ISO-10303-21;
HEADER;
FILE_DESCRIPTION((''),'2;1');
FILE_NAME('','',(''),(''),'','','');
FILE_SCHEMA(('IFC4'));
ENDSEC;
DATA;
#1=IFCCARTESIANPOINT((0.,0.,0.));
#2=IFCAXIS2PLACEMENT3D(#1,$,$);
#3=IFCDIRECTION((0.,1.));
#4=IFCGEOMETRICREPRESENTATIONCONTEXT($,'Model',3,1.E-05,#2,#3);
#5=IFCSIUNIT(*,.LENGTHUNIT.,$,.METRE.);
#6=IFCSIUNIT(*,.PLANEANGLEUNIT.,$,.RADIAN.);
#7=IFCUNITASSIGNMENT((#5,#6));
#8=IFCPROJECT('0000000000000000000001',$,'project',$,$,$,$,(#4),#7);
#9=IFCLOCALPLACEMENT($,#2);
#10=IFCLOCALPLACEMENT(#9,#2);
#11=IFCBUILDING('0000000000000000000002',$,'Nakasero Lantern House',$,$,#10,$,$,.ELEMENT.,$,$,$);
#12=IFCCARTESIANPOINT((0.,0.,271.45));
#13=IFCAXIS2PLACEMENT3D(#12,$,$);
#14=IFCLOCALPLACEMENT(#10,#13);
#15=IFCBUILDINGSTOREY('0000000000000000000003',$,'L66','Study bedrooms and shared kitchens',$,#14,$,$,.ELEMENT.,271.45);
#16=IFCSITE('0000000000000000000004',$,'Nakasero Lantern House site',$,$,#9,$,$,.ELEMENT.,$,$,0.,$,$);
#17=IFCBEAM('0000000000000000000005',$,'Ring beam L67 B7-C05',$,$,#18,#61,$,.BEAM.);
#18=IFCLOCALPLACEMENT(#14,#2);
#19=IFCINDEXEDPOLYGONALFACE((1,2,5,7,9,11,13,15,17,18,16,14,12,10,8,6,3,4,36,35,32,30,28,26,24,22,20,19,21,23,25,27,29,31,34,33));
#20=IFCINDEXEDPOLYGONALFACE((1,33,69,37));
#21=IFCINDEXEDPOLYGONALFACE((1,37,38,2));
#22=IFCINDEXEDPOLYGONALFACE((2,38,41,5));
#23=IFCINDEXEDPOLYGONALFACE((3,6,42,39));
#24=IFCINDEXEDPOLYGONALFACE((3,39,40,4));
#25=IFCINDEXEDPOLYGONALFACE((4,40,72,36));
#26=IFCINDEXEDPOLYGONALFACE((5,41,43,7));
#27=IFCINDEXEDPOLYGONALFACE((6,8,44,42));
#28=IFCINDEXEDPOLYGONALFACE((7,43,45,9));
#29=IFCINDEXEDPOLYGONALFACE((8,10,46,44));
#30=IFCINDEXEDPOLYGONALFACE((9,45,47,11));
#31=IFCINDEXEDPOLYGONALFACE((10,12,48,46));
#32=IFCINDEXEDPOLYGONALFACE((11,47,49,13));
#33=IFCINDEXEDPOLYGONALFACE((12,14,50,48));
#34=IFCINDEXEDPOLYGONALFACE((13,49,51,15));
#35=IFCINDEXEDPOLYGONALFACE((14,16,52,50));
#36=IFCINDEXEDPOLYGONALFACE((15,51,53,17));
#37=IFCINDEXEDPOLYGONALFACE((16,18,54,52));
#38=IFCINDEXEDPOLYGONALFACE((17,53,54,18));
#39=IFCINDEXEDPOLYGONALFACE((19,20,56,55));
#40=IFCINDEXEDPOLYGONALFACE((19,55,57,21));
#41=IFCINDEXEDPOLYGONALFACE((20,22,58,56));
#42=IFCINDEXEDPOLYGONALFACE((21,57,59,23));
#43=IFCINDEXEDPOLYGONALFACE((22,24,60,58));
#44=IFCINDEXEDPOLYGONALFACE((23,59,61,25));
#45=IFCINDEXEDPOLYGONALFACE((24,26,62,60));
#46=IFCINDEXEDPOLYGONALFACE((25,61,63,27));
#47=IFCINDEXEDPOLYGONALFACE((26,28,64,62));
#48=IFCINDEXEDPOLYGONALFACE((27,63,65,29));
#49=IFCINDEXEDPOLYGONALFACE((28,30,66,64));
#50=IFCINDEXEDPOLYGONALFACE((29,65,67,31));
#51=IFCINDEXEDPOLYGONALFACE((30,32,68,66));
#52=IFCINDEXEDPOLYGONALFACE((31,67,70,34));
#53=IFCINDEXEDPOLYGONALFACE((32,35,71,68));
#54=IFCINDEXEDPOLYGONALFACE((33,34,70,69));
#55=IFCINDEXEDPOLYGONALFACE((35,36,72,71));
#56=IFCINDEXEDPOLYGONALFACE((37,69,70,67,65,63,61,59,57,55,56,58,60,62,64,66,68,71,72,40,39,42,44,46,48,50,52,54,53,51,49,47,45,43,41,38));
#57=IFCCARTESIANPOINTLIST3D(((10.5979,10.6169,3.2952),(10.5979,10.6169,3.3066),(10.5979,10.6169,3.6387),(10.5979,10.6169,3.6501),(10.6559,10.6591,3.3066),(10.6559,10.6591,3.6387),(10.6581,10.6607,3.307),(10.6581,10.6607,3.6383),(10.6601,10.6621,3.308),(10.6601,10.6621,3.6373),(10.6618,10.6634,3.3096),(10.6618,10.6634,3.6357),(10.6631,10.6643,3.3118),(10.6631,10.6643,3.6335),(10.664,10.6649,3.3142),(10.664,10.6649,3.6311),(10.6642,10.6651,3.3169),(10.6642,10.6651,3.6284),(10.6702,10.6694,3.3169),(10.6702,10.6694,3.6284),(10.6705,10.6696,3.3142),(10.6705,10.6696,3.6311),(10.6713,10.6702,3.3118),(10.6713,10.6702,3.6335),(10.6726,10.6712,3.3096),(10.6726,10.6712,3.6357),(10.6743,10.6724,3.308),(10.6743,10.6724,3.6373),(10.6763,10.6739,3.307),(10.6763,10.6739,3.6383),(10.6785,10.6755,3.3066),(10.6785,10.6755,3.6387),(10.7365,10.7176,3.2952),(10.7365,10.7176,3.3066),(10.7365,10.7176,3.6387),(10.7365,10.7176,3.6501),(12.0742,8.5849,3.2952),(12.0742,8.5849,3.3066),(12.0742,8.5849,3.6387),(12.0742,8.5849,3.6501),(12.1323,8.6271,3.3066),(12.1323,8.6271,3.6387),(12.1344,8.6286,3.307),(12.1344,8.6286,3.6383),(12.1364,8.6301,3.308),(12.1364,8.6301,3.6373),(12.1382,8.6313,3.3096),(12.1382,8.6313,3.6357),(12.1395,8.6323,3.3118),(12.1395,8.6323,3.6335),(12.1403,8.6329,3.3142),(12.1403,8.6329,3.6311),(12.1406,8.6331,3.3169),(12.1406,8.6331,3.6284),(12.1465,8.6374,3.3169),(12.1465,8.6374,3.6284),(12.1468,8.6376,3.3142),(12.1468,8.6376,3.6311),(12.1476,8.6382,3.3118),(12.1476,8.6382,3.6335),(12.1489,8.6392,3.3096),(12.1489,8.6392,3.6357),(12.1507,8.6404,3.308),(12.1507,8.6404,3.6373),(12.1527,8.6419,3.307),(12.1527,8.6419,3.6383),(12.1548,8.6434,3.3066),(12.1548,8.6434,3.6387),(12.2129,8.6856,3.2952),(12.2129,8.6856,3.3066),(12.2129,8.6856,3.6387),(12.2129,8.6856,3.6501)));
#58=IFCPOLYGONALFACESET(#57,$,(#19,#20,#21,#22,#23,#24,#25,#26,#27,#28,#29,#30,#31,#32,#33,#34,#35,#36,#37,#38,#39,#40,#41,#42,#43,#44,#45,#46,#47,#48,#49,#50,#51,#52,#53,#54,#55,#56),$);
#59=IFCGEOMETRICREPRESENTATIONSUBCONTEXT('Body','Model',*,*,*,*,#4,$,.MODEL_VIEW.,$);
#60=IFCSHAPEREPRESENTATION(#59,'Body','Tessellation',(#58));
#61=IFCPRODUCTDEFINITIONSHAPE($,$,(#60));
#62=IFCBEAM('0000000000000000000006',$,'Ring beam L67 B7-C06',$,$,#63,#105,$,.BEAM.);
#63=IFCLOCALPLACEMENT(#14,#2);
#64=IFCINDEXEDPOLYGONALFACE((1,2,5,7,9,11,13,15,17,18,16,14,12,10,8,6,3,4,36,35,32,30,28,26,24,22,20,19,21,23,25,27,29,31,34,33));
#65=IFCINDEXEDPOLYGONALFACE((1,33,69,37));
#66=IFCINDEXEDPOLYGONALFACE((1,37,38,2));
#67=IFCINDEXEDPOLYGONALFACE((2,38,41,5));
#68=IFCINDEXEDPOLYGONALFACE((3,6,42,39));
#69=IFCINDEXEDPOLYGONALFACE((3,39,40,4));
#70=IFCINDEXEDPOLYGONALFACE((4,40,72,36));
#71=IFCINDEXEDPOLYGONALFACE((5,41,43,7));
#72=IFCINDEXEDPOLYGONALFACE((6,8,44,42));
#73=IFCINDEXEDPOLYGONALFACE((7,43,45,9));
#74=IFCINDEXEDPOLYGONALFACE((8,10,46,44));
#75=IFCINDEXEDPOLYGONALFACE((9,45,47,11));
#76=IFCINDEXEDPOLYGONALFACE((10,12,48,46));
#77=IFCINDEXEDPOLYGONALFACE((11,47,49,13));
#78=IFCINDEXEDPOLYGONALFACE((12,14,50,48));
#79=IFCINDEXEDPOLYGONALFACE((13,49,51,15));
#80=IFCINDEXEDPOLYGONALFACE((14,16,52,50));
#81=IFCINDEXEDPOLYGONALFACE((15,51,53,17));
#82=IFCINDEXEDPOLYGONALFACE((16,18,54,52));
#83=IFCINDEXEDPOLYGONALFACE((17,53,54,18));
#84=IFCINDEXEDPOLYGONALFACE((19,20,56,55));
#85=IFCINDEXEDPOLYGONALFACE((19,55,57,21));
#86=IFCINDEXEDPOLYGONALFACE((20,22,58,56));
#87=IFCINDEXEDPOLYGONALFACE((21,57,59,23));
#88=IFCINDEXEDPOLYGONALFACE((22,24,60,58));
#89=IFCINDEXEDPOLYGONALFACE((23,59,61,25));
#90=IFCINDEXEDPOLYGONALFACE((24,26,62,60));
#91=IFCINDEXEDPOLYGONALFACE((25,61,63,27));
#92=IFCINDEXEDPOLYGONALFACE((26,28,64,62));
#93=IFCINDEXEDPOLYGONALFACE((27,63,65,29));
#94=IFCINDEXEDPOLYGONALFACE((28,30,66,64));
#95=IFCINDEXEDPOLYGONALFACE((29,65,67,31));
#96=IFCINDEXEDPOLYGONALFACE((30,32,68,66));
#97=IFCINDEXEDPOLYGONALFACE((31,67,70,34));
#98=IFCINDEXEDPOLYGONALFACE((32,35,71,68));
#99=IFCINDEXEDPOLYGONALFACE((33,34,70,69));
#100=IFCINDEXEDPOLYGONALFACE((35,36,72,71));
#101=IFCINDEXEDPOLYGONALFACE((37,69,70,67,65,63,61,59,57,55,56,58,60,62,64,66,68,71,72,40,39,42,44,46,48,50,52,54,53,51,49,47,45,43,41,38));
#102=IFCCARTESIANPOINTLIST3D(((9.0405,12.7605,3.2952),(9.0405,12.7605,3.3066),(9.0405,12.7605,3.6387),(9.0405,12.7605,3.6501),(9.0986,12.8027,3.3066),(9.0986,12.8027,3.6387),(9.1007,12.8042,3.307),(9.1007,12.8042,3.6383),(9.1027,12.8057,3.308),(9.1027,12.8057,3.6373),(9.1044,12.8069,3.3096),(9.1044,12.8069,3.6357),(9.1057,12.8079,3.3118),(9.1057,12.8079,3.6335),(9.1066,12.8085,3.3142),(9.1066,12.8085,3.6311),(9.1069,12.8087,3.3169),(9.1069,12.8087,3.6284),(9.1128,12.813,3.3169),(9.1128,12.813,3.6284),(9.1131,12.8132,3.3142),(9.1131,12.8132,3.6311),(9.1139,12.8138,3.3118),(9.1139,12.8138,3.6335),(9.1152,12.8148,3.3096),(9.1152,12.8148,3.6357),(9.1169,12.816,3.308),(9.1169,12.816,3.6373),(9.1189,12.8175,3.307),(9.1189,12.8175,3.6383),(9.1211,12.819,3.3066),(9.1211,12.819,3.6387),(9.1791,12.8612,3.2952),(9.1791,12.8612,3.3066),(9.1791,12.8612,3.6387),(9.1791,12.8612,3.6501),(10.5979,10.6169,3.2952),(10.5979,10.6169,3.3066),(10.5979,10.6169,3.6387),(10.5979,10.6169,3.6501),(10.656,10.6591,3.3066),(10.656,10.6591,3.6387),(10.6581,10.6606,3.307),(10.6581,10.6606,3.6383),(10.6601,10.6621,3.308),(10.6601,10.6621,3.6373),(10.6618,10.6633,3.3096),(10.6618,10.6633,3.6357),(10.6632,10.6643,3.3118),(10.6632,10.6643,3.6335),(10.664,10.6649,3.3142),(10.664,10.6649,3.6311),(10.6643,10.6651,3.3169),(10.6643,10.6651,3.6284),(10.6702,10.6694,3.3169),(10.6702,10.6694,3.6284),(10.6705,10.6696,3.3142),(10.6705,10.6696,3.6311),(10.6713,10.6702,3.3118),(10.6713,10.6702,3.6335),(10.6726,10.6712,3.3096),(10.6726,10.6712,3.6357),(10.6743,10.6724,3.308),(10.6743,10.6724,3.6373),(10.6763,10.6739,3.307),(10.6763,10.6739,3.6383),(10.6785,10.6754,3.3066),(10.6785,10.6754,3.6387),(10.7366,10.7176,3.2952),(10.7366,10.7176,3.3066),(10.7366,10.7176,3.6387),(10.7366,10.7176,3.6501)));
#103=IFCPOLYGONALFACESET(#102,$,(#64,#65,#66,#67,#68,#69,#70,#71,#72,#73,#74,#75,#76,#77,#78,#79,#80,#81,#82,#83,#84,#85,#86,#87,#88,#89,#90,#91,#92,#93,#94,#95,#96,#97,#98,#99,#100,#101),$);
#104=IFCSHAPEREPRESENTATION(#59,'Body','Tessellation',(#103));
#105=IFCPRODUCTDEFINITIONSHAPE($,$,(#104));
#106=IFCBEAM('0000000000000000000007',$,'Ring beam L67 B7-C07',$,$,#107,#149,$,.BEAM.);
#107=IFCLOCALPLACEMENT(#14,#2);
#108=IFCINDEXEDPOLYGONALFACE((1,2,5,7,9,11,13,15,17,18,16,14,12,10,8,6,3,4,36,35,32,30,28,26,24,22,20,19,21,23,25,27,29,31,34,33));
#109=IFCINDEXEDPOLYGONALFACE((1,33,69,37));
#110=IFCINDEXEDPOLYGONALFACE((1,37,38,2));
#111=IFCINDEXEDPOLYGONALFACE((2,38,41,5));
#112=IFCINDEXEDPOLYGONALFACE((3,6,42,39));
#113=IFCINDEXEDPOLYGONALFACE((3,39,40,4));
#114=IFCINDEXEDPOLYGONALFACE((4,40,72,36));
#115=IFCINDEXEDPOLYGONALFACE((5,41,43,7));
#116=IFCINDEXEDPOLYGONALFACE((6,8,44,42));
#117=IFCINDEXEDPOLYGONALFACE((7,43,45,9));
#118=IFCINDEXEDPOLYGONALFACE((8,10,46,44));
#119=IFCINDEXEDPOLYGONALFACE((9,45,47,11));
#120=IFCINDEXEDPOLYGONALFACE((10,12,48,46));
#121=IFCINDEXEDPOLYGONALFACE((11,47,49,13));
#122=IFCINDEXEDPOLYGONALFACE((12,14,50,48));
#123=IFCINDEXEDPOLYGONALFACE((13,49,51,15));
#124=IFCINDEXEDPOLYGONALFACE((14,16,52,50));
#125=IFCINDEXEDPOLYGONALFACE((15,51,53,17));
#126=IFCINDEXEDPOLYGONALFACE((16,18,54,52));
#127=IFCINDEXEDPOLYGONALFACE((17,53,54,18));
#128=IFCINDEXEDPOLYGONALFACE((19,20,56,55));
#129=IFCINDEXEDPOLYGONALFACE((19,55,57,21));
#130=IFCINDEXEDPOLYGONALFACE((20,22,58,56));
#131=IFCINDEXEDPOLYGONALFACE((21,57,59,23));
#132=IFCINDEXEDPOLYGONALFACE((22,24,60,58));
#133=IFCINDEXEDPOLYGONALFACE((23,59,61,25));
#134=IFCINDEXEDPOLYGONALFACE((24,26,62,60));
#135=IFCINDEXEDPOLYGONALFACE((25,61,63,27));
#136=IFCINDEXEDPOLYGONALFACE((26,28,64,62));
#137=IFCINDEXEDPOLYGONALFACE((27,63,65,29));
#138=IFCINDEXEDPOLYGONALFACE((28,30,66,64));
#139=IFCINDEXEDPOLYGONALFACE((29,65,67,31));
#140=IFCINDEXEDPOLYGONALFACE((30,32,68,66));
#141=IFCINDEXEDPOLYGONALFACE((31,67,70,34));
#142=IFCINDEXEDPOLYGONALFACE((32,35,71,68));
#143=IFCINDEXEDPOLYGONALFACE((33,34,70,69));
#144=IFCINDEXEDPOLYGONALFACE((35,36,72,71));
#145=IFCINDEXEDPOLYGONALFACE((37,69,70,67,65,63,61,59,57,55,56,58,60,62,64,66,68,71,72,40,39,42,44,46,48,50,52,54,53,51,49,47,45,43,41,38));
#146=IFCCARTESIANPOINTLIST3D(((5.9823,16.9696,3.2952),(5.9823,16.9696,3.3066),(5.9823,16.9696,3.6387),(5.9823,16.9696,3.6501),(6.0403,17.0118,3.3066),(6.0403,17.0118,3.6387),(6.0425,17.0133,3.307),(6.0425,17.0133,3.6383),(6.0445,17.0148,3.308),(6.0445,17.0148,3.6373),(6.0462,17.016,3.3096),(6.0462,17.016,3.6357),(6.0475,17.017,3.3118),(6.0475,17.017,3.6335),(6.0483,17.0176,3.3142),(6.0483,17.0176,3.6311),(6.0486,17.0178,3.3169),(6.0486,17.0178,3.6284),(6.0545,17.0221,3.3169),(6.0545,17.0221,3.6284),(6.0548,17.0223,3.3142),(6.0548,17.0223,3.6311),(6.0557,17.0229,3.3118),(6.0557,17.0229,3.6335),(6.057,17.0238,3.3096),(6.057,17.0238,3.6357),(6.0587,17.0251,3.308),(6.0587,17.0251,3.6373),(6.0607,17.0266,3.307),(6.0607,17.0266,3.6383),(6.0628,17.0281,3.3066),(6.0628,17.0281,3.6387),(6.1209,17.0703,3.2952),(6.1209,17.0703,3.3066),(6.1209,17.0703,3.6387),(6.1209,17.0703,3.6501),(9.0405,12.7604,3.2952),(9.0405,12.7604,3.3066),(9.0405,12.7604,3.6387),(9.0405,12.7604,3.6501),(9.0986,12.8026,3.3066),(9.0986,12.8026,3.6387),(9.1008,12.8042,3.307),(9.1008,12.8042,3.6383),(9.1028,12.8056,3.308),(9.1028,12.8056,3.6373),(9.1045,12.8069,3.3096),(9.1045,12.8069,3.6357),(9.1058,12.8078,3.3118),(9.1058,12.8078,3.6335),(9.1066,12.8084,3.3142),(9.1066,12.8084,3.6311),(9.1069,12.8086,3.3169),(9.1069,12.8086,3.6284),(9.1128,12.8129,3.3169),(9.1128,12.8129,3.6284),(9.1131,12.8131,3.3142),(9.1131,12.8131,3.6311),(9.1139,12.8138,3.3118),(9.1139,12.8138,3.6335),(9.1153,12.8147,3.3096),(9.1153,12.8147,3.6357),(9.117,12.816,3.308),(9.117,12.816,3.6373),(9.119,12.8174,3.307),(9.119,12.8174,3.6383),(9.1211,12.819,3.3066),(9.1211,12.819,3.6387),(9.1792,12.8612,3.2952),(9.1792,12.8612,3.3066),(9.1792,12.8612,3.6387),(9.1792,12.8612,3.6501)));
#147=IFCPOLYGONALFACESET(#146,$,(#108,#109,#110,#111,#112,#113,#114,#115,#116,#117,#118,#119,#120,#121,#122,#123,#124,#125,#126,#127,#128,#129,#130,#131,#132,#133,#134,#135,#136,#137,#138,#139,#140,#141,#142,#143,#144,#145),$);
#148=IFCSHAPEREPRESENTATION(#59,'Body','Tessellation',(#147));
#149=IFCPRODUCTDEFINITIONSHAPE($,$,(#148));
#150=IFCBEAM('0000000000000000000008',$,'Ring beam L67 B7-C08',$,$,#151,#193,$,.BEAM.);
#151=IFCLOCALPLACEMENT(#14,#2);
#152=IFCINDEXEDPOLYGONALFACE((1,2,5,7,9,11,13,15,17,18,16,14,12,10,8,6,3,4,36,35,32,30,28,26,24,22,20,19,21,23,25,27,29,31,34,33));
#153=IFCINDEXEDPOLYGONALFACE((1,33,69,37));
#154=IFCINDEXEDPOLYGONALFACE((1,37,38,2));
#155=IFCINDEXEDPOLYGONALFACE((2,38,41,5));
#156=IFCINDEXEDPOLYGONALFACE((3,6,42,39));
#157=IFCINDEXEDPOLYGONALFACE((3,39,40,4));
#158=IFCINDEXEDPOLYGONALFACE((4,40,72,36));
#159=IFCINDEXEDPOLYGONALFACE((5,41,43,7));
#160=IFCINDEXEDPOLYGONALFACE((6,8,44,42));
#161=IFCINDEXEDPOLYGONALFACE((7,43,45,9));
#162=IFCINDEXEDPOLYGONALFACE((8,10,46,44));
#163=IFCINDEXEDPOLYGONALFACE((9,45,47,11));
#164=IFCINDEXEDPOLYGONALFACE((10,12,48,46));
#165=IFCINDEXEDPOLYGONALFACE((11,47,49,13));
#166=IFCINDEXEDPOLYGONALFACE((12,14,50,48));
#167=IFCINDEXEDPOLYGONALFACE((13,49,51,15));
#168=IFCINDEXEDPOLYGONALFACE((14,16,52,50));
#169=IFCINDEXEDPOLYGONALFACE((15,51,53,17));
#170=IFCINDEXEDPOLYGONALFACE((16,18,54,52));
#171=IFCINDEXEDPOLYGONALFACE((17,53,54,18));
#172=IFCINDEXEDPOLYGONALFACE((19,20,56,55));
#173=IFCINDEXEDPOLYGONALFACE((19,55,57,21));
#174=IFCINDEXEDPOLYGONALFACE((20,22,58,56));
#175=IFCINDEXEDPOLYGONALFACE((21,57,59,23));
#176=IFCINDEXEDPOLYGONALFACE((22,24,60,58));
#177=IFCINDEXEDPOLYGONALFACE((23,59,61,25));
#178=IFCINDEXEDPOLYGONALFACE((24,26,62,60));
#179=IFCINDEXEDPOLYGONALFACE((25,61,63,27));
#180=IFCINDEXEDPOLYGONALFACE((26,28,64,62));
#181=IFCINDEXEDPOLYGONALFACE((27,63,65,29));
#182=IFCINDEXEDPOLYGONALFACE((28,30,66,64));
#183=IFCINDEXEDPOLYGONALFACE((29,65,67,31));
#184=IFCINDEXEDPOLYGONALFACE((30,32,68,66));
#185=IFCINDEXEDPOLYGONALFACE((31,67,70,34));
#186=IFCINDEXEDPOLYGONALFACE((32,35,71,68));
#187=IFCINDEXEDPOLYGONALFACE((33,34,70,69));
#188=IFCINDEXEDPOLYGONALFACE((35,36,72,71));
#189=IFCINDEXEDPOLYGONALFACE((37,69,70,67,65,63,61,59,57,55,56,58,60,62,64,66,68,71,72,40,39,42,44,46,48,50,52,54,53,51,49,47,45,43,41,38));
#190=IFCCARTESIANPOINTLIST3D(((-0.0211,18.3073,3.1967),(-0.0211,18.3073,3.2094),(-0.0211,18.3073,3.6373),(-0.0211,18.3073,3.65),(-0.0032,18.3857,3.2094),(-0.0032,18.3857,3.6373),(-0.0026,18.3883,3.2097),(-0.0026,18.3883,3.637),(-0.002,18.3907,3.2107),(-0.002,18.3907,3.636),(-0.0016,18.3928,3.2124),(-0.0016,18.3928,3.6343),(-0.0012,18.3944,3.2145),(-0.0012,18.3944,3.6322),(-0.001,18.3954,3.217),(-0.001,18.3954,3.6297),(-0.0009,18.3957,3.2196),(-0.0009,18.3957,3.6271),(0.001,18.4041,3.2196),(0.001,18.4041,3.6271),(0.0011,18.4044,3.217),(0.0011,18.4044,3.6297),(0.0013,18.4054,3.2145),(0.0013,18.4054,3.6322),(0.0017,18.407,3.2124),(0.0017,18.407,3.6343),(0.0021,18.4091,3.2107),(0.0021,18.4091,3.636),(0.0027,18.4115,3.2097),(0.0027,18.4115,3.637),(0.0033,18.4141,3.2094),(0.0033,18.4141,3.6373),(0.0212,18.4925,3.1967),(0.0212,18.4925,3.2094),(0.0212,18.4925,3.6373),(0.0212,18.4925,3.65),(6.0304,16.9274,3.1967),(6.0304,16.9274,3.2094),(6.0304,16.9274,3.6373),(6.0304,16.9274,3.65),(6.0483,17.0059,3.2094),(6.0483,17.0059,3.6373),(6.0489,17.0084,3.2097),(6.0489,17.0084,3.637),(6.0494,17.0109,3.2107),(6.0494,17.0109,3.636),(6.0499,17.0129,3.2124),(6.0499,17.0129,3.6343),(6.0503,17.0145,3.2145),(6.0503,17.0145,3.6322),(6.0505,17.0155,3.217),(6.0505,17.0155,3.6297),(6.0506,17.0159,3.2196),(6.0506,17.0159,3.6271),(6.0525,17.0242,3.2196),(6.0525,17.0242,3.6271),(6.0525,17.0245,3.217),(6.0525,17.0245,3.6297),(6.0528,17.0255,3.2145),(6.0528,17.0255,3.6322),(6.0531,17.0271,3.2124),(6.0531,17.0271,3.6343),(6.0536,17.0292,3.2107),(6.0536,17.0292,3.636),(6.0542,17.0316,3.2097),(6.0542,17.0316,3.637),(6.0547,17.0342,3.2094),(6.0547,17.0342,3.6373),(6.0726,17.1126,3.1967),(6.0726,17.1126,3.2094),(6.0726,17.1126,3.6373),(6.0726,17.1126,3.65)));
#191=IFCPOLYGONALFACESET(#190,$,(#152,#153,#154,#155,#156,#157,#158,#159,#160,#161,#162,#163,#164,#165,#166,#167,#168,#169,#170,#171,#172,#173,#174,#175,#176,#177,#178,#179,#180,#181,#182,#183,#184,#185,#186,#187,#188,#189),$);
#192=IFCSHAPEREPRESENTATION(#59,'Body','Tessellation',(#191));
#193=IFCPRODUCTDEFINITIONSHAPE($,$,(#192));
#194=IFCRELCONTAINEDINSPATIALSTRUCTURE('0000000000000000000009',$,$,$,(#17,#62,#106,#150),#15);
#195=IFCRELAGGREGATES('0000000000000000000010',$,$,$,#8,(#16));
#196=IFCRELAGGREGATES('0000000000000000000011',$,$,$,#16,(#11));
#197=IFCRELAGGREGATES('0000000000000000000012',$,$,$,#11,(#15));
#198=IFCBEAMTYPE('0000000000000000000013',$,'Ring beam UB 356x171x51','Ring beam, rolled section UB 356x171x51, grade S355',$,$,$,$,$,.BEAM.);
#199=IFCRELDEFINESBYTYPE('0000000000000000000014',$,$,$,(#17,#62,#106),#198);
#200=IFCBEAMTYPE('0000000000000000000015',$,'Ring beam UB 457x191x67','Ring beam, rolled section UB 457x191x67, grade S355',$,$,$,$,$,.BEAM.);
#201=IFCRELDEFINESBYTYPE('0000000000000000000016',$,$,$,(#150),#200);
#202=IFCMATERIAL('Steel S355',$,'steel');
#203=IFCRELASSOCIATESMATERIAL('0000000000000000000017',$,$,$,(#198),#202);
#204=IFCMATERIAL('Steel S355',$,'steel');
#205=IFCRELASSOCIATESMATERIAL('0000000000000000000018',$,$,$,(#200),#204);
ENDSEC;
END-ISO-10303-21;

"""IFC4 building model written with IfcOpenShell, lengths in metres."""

from ifc_helpers import new_model, si_unit, direction, frame, origin, origin_2d, place, context, subcontext, project, spatial, i_section, extrude, material, material_profile, profile_set, type_object, element, save


model = new_model("IFC4")

# Units and contexts
model_context = context("Model", 3, precision=1e-05, world=origin(), true_north=direction((0.0, 1.0)))
body_context = subcontext(model_context, "Body", "Model", "MODEL_VIEW")
ifc_project = project(units=[si_unit("LENGTHUNIT", "METRE"), si_unit("PLANEANGLEUNIT", "RADIAN")], contexts=[model_context])

# Site, building, storey
site_placement = place(None, origin())
site = spatial("IfcSite", under=ifc_project, at=site_placement, Name="Nakasero Lantern House site", CompositionType="ELEMENT", RefElevation=0.0)
building_placement = place(site_placement, origin())
building = spatial("IfcBuilding", under=site, at=building_placement, Name="Nakasero Lantern House", CompositionType="ELEMENT")
storey_placement = place(building_placement, frame((0.0, 0.0, 271.45)))
storey = spatial("IfcBuildingStorey", under=building, at=storey_placement, Name="L66", Description="Study bedrooms and shared kitchens", CompositionType="ELEMENT", Elevation=271.45)

# Beams
ifc_material_1 = material(Name="Steel S355", Category="steel")
ifc_material_profile_1 = material_profile(ifc_material_1, i_section(OverallWidth=0.1714, OverallDepth=0.355, WebThickness=0.0073, FlangeThickness=0.0115, FilletRadius=0.0103, at=origin_2d()), Name="UB 356x171x51")
ifc_profile_set_1 = profile_set([ifc_material_profile_1], Name="Steel S355")
beam_type_1 = type_object("IfcBeamType", Name="Ring beam UB 356x171x51", Description="Ring beam, rolled section UB 356x171x51, grade S355", PredefinedType="BEAM", material=ifc_profile_set_1)
beam_1_placement = place(storey_placement, frame((12.1436, 8.6353, 3.4727), z_axis=(-0.587784, 0.809018, 0.0), x_axis=(-0.809018, -0.587784, 0.0)))
element("IfcBeam", 1, at=beam_1_placement, inside=storey, type_object=beam_type_1, Name="Ring beam L67 B7-C05", PredefinedType="BEAM", context=body_context, shape_type="SweptSolid", body=[
    extrude(i_section(OverallWidth=0.1714, OverallDepth=0.355, WebThickness=0.0073, FlangeThickness=0.0115, FilletRadius=0.0103, at=origin_2d()), origin(), (0.0, 0.0, 1.0), 2.5117),
])
beam_2_placement = place(storey_placement, frame((10.6672, 10.6672, 3.4727), z_axis=(-0.587783, 0.809019, 0.0), x_axis=(-0.809019, -0.587783, 0.0)))
element("IfcBeam", 2, at=beam_2_placement, inside=storey, type_object=beam_type_1, Name="Ring beam L67 B7-C06", PredefinedType="BEAM", context=body_context, shape_type="SweptSolid", body=[
    extrude(i_section(OverallWidth=0.1714, OverallDepth=0.355, WebThickness=0.0073, FlangeThickness=0.0115, FilletRadius=0.0103, at=origin_2d()), origin(), (0.0, 0.0, 1.0), 2.6497),
])
beam_3_placement = place(storey_placement, frame((9.1099, 12.8108, 3.4727), z_axis=(-0.587806, 0.809002, 0.0), x_axis=(-0.809002, -0.587806, 0.0)))
element("IfcBeam", 3, at=beam_3_placement, inside=storey, type_object=beam_type_1, Name="Ring beam L67 B7-C07", PredefinedType="BEAM", context=body_context, shape_type="SweptSolid", body=[
    extrude(i_section(OverallWidth=0.1714, OverallDepth=0.355, WebThickness=0.0073, FlangeThickness=0.0115, FilletRadius=0.0103, at=origin_2d()), origin(), (0.0, 0.0, 1.0), 5.2029),
])
ifc_material_2 = material(Name="Steel S355", Category="steel")
ifc_material_profile_2 = material_profile(ifc_material_2, i_section(OverallWidth=0.1899, OverallDepth=0.4534, WebThickness=0.0085, FlangeThickness=0.0127, FilletRadius=0.0103, at=origin_2d()), Name="UB 457x191x67")
ifc_profile_set_2 = profile_set([ifc_material_profile_2], Name="Steel S355")
beam_type_2 = type_object("IfcBeamType", Name="Ring beam UB 457x191x67", Description="Ring beam, rolled section UB 457x191x67, grade S355", PredefinedType="BEAM", material=ifc_profile_set_2)
beam_4_placement = place(storey_placement, frame((6.0515, 17.02, 3.4233), z_axis=(-0.974975, 0.222316, 0.0), x_axis=(-0.222316, -0.974975, 0.0)))
element("IfcBeam", 4, at=beam_4_placement, inside=storey, type_object=beam_type_2, Name="Ring beam L67 B7-C08", PredefinedType="BEAM", context=body_context, shape_type="SweptSolid", body=[
    extrude(i_section(OverallWidth=0.1899, OverallDepth=0.4534, WebThickness=0.0085, FlangeThickness=0.0127, FilletRadius=0.0103, at=origin_2d()), origin(), (0.0, 0.0, 1.0), 6.2068),
])

save(model, "model.ifc")
